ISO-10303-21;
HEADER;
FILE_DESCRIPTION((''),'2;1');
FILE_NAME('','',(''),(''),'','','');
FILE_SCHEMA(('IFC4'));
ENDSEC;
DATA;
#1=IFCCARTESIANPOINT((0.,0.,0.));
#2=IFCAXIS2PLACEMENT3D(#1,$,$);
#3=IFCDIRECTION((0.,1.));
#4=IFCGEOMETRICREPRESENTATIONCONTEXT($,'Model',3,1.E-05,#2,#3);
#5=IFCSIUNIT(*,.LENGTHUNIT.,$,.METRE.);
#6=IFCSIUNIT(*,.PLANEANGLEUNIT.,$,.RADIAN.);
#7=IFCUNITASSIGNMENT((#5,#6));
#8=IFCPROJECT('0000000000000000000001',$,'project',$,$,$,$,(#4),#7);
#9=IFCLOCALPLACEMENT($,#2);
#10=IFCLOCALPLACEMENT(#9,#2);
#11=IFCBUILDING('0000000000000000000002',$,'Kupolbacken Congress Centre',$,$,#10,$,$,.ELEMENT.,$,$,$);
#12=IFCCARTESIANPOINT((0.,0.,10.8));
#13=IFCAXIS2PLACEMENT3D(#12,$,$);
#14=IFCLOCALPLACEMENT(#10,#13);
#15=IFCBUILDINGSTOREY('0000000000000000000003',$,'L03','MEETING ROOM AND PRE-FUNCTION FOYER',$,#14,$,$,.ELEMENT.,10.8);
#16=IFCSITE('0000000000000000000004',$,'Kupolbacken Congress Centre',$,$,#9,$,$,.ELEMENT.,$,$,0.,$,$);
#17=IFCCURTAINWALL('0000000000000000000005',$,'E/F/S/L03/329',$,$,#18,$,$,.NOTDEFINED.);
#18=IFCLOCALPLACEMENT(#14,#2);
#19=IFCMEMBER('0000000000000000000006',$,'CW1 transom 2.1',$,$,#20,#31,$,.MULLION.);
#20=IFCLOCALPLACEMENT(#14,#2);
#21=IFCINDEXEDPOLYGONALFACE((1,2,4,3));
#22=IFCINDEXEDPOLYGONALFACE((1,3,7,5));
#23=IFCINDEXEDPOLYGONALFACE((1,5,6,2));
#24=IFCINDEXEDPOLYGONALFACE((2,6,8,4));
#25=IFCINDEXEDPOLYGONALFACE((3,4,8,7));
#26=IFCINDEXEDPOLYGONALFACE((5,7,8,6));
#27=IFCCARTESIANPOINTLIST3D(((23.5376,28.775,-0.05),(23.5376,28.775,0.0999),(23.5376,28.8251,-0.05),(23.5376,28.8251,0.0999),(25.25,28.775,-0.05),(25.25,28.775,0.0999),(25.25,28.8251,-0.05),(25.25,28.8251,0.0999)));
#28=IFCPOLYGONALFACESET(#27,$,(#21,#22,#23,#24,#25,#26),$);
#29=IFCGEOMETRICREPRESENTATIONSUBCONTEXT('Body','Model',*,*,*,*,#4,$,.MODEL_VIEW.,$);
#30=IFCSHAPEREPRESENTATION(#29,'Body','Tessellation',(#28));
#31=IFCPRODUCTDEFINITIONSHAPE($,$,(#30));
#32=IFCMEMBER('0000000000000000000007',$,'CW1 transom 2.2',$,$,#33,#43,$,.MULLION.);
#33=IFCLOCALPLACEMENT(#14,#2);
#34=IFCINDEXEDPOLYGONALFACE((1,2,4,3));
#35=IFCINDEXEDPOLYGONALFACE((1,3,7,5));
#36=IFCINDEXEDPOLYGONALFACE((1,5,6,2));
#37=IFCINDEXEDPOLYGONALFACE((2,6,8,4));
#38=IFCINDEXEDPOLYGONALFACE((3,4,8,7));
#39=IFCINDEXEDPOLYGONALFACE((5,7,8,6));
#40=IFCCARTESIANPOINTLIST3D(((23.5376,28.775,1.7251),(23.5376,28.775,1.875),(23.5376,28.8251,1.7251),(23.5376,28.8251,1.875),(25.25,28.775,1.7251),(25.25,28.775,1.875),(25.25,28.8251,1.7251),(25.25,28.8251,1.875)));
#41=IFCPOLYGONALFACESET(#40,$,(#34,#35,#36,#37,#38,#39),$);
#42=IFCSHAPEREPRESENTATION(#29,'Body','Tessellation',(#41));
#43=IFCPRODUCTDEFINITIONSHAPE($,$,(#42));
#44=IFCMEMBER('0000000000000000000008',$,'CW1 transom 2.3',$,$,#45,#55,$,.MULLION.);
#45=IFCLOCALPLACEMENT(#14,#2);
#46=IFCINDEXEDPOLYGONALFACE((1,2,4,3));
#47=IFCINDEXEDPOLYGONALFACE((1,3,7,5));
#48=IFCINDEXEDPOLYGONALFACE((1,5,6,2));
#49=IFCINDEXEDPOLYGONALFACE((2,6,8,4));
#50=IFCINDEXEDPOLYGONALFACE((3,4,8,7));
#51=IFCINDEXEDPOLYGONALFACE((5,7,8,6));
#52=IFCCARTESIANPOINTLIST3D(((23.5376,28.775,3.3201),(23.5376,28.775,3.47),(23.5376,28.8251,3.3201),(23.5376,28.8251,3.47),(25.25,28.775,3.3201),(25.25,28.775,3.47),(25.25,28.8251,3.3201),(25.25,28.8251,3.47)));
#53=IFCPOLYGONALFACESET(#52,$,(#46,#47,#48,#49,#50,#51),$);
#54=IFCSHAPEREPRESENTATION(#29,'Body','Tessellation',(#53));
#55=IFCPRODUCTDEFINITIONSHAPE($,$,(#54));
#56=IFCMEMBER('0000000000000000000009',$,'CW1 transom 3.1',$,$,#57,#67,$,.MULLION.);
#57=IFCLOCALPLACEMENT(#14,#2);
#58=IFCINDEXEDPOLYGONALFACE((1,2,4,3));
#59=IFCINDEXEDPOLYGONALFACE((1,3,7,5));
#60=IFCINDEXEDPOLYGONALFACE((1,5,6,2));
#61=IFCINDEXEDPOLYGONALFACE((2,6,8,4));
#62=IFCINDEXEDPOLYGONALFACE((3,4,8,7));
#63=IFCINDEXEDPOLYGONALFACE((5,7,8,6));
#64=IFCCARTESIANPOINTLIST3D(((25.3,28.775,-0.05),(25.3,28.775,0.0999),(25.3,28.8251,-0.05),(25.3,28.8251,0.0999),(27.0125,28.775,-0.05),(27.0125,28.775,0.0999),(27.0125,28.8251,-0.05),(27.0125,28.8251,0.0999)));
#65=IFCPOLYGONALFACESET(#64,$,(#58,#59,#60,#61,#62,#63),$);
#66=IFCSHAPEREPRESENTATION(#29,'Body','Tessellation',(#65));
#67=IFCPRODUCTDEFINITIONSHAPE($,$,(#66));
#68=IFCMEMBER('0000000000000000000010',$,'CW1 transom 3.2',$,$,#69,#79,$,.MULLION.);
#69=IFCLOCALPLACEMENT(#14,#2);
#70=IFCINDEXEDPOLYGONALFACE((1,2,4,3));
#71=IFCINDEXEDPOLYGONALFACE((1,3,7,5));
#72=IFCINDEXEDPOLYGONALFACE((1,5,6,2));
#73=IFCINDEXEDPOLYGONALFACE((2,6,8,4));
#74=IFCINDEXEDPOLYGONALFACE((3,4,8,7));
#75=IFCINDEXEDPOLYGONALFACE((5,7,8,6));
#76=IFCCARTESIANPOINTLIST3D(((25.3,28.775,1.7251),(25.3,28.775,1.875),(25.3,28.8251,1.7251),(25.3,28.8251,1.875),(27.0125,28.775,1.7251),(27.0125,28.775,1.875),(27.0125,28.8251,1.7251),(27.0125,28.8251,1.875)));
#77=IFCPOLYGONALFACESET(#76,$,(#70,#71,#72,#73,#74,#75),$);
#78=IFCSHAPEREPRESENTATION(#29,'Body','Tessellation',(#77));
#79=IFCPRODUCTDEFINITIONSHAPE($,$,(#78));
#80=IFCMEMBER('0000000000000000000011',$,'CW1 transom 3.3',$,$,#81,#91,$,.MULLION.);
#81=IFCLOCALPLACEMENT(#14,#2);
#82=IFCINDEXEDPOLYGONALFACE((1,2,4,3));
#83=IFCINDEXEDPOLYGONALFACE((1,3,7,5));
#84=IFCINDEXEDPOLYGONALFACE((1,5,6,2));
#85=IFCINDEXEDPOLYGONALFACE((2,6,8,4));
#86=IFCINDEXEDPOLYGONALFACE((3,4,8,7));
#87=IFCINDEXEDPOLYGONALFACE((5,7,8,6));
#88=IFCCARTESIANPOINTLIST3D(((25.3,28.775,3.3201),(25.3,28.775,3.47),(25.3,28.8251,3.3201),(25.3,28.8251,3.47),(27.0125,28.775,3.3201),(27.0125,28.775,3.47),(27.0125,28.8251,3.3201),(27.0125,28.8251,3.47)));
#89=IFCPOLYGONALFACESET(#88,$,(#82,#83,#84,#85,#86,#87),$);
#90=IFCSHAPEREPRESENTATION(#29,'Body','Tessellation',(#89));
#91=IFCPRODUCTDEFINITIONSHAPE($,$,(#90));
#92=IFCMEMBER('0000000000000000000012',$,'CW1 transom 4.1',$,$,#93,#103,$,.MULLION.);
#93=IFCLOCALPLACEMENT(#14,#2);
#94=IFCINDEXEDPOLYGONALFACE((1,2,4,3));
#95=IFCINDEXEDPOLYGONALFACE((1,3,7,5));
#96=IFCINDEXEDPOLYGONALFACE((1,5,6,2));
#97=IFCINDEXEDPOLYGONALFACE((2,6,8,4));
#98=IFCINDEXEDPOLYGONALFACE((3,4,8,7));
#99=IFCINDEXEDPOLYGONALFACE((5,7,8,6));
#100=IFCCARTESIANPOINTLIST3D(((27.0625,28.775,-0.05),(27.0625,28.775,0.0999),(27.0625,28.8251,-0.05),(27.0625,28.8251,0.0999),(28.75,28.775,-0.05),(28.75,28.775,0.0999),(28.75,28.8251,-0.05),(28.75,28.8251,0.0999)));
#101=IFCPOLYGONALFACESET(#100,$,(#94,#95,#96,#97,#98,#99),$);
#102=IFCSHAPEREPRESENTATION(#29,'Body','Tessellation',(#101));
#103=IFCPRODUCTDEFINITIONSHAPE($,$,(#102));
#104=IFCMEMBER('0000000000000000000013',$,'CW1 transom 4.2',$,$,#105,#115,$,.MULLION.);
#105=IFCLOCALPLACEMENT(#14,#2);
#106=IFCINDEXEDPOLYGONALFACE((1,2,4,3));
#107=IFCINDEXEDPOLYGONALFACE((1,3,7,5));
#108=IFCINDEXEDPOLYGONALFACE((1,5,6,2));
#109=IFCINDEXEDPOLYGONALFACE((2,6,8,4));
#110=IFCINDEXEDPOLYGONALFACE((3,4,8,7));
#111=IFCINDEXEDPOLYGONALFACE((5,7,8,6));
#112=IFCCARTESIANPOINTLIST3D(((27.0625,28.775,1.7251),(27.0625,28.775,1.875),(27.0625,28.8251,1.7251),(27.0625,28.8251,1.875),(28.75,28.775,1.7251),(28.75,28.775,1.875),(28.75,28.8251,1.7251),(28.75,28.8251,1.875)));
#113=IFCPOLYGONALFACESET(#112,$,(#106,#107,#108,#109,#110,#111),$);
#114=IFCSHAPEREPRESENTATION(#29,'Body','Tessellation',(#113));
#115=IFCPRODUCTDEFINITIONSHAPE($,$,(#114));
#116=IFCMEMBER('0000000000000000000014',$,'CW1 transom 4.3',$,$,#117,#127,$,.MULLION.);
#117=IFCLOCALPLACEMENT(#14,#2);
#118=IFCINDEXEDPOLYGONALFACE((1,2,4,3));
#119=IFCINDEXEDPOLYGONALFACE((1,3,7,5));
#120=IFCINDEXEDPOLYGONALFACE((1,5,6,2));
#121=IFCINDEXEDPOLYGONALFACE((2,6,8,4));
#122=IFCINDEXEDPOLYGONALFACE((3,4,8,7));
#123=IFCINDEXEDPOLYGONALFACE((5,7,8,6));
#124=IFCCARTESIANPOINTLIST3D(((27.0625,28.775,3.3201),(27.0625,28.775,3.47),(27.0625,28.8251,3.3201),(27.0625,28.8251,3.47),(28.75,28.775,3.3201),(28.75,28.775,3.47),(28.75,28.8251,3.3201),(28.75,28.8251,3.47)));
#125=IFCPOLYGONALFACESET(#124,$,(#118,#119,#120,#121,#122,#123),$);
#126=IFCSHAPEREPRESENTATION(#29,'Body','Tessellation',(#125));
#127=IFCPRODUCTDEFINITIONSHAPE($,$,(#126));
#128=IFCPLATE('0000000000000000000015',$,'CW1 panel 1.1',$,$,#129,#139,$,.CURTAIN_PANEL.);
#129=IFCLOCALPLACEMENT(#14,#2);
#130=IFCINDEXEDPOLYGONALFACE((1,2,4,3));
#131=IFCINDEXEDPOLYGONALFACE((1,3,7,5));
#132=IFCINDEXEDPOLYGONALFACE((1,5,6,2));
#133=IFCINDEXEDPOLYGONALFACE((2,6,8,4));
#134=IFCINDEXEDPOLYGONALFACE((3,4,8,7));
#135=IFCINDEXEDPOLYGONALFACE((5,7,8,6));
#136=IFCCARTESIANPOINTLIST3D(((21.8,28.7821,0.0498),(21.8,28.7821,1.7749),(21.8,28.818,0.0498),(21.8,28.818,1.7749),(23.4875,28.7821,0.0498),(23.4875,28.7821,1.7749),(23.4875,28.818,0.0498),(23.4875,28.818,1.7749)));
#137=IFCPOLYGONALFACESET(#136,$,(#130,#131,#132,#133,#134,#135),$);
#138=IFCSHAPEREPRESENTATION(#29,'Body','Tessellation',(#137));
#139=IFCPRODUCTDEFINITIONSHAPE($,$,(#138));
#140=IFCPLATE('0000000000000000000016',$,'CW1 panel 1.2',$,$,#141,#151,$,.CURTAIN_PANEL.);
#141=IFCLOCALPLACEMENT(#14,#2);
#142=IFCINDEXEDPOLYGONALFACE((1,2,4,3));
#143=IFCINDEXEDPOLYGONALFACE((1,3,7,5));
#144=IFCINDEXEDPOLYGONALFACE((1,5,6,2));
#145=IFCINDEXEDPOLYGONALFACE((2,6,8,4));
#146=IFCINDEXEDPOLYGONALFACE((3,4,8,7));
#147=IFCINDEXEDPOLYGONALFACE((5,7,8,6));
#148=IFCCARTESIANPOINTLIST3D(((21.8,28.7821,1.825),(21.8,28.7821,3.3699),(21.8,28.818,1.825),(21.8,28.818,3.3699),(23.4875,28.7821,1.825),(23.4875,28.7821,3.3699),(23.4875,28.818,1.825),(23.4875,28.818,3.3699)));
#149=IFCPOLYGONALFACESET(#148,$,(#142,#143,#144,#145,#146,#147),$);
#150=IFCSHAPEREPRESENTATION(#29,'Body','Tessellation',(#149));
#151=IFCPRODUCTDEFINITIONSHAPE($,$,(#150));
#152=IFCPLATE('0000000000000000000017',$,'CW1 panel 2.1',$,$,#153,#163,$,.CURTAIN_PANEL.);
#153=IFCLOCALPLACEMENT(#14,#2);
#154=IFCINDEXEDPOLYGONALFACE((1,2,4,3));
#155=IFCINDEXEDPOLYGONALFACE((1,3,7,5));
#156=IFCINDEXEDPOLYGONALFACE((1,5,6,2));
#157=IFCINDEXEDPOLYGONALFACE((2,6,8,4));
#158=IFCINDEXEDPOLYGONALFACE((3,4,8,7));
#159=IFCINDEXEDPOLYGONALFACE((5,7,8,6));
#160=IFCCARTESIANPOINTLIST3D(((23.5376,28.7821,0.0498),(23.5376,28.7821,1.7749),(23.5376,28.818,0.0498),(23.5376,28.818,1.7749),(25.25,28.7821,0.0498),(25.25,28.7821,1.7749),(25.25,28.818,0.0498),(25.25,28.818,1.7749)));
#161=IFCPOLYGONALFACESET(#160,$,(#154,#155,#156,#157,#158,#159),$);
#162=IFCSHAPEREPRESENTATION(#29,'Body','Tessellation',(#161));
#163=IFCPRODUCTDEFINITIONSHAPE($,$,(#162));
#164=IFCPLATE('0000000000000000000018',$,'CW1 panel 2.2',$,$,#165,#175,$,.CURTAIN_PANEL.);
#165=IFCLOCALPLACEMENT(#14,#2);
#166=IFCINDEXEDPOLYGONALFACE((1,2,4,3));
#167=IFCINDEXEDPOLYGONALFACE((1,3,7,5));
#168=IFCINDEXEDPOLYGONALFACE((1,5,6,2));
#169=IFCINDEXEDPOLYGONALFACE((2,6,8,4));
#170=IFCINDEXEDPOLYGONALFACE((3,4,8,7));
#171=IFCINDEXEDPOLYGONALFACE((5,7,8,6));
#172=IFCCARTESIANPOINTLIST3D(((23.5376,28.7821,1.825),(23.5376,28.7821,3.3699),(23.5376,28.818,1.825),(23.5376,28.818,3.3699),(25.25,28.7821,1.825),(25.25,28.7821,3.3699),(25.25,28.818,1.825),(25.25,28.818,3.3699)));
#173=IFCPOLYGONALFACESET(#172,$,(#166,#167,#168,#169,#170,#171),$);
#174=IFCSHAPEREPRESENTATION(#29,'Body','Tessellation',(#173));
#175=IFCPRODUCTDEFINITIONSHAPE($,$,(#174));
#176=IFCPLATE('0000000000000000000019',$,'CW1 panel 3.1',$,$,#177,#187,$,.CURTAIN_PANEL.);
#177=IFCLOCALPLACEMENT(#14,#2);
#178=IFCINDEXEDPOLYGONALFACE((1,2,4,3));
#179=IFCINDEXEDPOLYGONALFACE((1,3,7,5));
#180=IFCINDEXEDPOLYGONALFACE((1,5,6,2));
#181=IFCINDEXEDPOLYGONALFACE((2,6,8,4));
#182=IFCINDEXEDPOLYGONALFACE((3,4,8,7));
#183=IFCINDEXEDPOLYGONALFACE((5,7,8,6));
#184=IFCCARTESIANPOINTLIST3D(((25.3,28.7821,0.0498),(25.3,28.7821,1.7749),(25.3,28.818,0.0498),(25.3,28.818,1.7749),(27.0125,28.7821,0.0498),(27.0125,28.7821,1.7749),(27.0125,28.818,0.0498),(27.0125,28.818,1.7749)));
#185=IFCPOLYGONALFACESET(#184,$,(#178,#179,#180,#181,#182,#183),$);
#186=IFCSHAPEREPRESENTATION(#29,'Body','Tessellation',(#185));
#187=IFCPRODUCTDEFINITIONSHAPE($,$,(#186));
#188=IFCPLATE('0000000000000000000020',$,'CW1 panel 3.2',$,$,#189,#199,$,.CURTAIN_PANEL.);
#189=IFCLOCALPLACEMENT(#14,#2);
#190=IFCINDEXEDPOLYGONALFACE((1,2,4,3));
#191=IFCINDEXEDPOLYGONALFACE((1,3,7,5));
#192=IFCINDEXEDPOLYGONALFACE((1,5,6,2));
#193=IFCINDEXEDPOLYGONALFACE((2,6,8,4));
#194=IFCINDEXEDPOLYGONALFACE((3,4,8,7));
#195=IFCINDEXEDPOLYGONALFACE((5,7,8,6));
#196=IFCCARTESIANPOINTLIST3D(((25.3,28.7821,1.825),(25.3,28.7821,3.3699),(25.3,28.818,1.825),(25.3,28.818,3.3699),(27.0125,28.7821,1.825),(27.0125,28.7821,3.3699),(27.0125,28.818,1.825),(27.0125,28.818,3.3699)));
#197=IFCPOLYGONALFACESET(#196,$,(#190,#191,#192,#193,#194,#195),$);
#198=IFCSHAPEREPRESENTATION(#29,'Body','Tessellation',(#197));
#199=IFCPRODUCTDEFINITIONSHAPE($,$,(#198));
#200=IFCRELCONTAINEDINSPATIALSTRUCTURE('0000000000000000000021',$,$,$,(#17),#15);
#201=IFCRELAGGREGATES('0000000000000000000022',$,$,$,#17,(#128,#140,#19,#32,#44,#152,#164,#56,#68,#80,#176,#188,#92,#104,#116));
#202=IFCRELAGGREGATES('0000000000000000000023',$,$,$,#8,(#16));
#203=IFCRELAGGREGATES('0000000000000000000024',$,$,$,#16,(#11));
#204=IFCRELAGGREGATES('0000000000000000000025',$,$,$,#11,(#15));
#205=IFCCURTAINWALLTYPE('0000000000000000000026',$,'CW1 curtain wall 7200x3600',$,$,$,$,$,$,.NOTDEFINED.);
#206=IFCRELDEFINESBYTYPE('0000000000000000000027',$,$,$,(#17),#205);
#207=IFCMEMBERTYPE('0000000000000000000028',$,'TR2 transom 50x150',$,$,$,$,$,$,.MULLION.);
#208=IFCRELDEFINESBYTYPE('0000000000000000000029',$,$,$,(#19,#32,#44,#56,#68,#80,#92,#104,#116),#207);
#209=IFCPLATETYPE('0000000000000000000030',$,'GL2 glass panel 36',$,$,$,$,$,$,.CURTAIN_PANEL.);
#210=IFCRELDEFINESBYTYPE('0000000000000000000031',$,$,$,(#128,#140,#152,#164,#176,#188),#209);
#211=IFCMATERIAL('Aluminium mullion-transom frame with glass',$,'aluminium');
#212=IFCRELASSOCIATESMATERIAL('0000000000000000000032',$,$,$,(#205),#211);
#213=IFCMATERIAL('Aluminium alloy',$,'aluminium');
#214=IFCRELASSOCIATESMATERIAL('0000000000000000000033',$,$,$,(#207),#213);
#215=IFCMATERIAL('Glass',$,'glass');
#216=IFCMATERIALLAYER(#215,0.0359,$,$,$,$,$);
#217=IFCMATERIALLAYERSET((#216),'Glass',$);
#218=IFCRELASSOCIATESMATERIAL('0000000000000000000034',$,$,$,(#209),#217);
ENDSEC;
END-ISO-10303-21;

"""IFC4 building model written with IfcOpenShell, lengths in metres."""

from ifc_helpers import new_model, si_unit, direction, frame, origin, origin_2d, place, context, subcontext, project, spatial, rectangle, extrude, material, layer, layer_set, material_profile, profile_set, type_object, element, aggregate, save


model = new_model("IFC4")

# Units and contexts
model_context = context("Model", 3, precision=1e-05, world=origin(), true_north=direction((0.0, 1.0)))
body_context = subcontext(model_context, "Body", "Model", "MODEL_VIEW")
ifc_project = project(units=[si_unit("LENGTHUNIT", "METRE"), si_unit("PLANEANGLEUNIT", "RADIAN")], contexts=[model_context])

# Site, building, storey
site_placement = place(None, origin())
site = spatial("IfcSite", under=ifc_project, at=site_placement, Name="Kupolbacken Congress Centre", CompositionType="ELEMENT", RefElevation=0.0)
building_placement = place(site_placement, origin())
building = spatial("IfcBuilding", under=site, at=building_placement, Name="Kupolbacken Congress Centre", CompositionType="ELEMENT")
storey_placement = place(building_placement, frame((0.0, 0.0, 10.8)))
storey = spatial("IfcBuildingStorey", under=building, at=storey_placement, Name="L03", Description="MEETING ROOM AND PRE-FUNCTION FOYER", CompositionType="ELEMENT", Elevation=10.8)

# Curtain wall, members, plates
ifc_material_1 = material(Name="Aluminium mullion-transom frame with glass", Category="aluminium")
curtain_wall_type = type_object("IfcCurtainWallType", Name="CW1 curtain wall 7200x3600", PredefinedType="NOTDEFINED", material=ifc_material_1)
curtain_wall_placement = place(storey_placement, origin())
curtain_wall = element("IfcCurtainWall", 1, at=curtain_wall_placement, inside=storey, type_object=curtain_wall_type, Name="E/F/S/L03/329", PredefinedType="NOTDEFINED")
ifc_material_2 = material(Name="Aluminium alloy", Category="aluminium")
ifc_material_profile_1 = material_profile(ifc_material_2, rectangle(XDim=0.05, YDim=0.1499, at=origin_2d()), Name="50 x 150")
ifc_profile_set_1 = profile_set([ifc_material_profile_1], Name="Aluminium alloy")
member_type_1 = type_object("IfcMemberType", Name="TR2 transom 50x150", PredefinedType="MULLION", material=ifc_profile_set_1)
member_1_placement = place(storey_placement, frame((23.5376, 28.8, 0.0249), z_axis=(1.0, 0.0, 0.0), x_axis=(0.0, 1.0, 0.0)))
member_1 = element("IfcMember", 2, at=member_1_placement, type_object=member_type_1, Name="CW1 transom 2.1", PredefinedType="MULLION", context=body_context, shape_type="SweptSolid", body=[
    extrude(rectangle(XDim=0.05, YDim=0.1499, at=origin_2d()), origin(), (0.0, 0.0, 1.0), 1.7124),
])
member_2_placement = place(storey_placement, frame((23.5376, 28.8, 1.8), z_axis=(1.0, 0.0, 0.0), x_axis=(0.0, 1.0, 0.0)))
member_2 = element("IfcMember", 3, at=member_2_placement, type_object=member_type_1, Name="CW1 transom 2.2", PredefinedType="MULLION", context=body_context, shape_type="SweptSolid", body=[
    extrude(rectangle(XDim=0.05, YDim=0.1499, at=origin_2d()), origin(), (0.0, 0.0, 1.0), 1.7124),
])
member_3_placement = place(storey_placement, frame((23.5376, 28.8, 3.395), z_axis=(1.0, 0.0, 0.0), x_axis=(0.0, 1.0, 0.0)))
member_3 = element("IfcMember", 4, at=member_3_placement, type_object=member_type_1, Name="CW1 transom 2.3", PredefinedType="MULLION", context=body_context, shape_type="SweptSolid", body=[
    extrude(rectangle(XDim=0.05, YDim=0.1499, at=origin_2d()), origin(), (0.0, 0.0, 1.0), 1.7124),
])
member_4_placement = place(storey_placement, frame((25.3, 28.8, 0.0249), z_axis=(1.0, 0.0, 0.0), x_axis=(0.0, 1.0, 0.0)))
member_4 = element("IfcMember", 5, at=member_4_placement, type_object=member_type_1, Name="CW1 transom 3.1", PredefinedType="MULLION", context=body_context, shape_type="SweptSolid", body=[
    extrude(rectangle(XDim=0.05, YDim=0.1499, at=origin_2d()), origin(), (0.0, 0.0, 1.0), 1.7124),
])
member_5_placement = place(storey_placement, frame((25.3, 28.8, 1.8), z_axis=(1.0, 0.0, 0.0), x_axis=(0.0, 1.0, 0.0)))
member_5 = element("IfcMember", 6, at=member_5_placement, type_object=member_type_1, Name="CW1 transom 3.2", PredefinedType="MULLION", context=body_context, shape_type="SweptSolid", body=[
    extrude(rectangle(XDim=0.05, YDim=0.1499, at=origin_2d()), origin(), (0.0, 0.0, 1.0), 1.7124),
])
member_6_placement = place(storey_placement, frame((25.3, 28.8, 3.395), z_axis=(1.0, 0.0, 0.0), x_axis=(0.0, 1.0, 0.0)))
member_6 = element("IfcMember", 7, at=member_6_placement, type_object=member_type_1, Name="CW1 transom 3.3", PredefinedType="MULLION", context=body_context, shape_type="SweptSolid", body=[
    extrude(rectangle(XDim=0.05, YDim=0.1499, at=origin_2d()), origin(), (0.0, 0.0, 1.0), 1.7124),
])
member_7_placement = place(storey_placement, frame((27.0625, 28.8, 0.0249), z_axis=(1.0, 0.0, 0.0), x_axis=(0.0, 1.0, 0.0)))
member_7 = element("IfcMember", 8, at=member_7_placement, type_object=member_type_1, Name="CW1 transom 4.1", PredefinedType="MULLION", context=body_context, shape_type="SweptSolid", body=[
    extrude(rectangle(XDim=0.05, YDim=0.1499, at=origin_2d()), origin(), (0.0, 0.0, 1.0), 1.6875),
])
member_8_placement = place(storey_placement, frame((27.0625, 28.8, 1.8), z_axis=(1.0, 0.0, 0.0), x_axis=(0.0, 1.0, 0.0)))
member_8 = element("IfcMember", 9, at=member_8_placement, type_object=member_type_1, Name="CW1 transom 4.2", PredefinedType="MULLION", context=body_context, shape_type="SweptSolid", body=[
    extrude(rectangle(XDim=0.05, YDim=0.1499, at=origin_2d()), origin(), (0.0, 0.0, 1.0), 1.6875),
])
member_9_placement = place(storey_placement, frame((27.0625, 28.8, 3.395), z_axis=(1.0, 0.0, 0.0), x_axis=(0.0, 1.0, 0.0)))
member_9 = element("IfcMember", 10, at=member_9_placement, type_object=member_type_1, Name="CW1 transom 4.3", PredefinedType="MULLION", context=body_context, shape_type="SweptSolid", body=[
    extrude(rectangle(XDim=0.05, YDim=0.1499, at=origin_2d()), origin(), (0.0, 0.0, 1.0), 1.6875),
])
ifc_material_3 = material(Name="Glass", Category="glass")
ifc_layer = layer(ifc_material_3, 0.0359)
ifc_layer_set = layer_set([ifc_layer], Name="Glass")
plate_type = type_object("IfcPlateType", Name="GL2 glass panel 36", PredefinedType="CURTAIN_PANEL", material=ifc_layer_set)
plate_1_placement = place(storey_placement, frame((22.6438, 28.8, 0.0498), z_axis=(0.0, 0.0, 1.0), x_axis=(1.0, 0.0, 0.0)))
plate_1 = element("IfcPlate", 11, at=plate_1_placement, type_object=plate_type, Name="CW1 panel 1.1", PredefinedType="CURTAIN_PANEL", context=body_context, shape_type="SweptSolid", body=[
    extrude(rectangle(XDim=1.6875, YDim=0.0359, at=origin_2d()), origin(), (0.0, 0.0, 1.0), 1.7251),
])
plate_2_placement = place(storey_placement, frame((22.6438, 28.8, 1.825), z_axis=(0.0, 0.0, 1.0), x_axis=(1.0, 0.0, 0.0)))
plate_2 = element("IfcPlate", 12, at=plate_2_placement, type_object=plate_type, Name="CW1 panel 1.2", PredefinedType="CURTAIN_PANEL", context=body_context, shape_type="SweptSolid", body=[
    extrude(rectangle(XDim=1.6875, YDim=0.0359, at=origin_2d()), origin(), (0.0, 0.0, 1.0), 1.5449),
])
plate_3_placement = place(storey_placement, frame((24.3938, 28.8, 0.0498), z_axis=(0.0, 0.0, 1.0), x_axis=(1.0, 0.0, 0.0)))
plate_3 = element("IfcPlate", 13, at=plate_3_placement, type_object=plate_type, Name="CW1 panel 2.1", PredefinedType="CURTAIN_PANEL", context=body_context, shape_type="SweptSolid", body=[
    extrude(rectangle(XDim=1.7124, YDim=0.0359, at=origin_2d()), origin(), (0.0, 0.0, 1.0), 1.7251),
])
plate_4_placement = place(storey_placement, frame((24.3938, 28.8, 1.825), z_axis=(0.0, 0.0, 1.0), x_axis=(1.0, 0.0, 0.0)))
plate_4 = element("IfcPlate", 14, at=plate_4_placement, type_object=plate_type, Name="CW1 panel 2.2", PredefinedType="CURTAIN_PANEL", context=body_context, shape_type="SweptSolid", body=[
    extrude(rectangle(XDim=1.7124, YDim=0.0359, at=origin_2d()), origin(), (0.0, 0.0, 1.0), 1.5449),
])
plate_5_placement = place(storey_placement, frame((26.1562, 28.8, 0.0498), z_axis=(0.0, 0.0, 1.0), x_axis=(1.0, 0.0, 0.0)))
plate_5 = element("IfcPlate", 15, at=plate_5_placement, type_object=plate_type, Name="CW1 panel 3.1", PredefinedType="CURTAIN_PANEL", context=body_context, shape_type="SweptSolid", body=[
    extrude(rectangle(XDim=1.7124, YDim=0.0359, at=origin_2d()), origin(), (0.0, 0.0, 1.0), 1.7251),
])
plate_6_placement = place(storey_placement, frame((26.1562, 28.8, 1.825), z_axis=(0.0, 0.0, 1.0), x_axis=(1.0, 0.0, 0.0)))
plate_6 = element("IfcPlate", 16, at=plate_6_placement, type_object=plate_type, Name="CW1 panel 3.2", PredefinedType="CURTAIN_PANEL", context=body_context, shape_type="SweptSolid", body=[
    extrude(rectangle(XDim=1.7124, YDim=0.0359, at=origin_2d()), origin(), (0.0, 0.0, 1.0), 1.5449),
])
aggregate(curtain_wall, [plate_1, plate_2, member_1, member_2, member_3, plate_3, plate_4, member_4, member_5, member_6, plate_5, plate_6, member_7, member_8, member_9])

save(model, "model.ifc")
